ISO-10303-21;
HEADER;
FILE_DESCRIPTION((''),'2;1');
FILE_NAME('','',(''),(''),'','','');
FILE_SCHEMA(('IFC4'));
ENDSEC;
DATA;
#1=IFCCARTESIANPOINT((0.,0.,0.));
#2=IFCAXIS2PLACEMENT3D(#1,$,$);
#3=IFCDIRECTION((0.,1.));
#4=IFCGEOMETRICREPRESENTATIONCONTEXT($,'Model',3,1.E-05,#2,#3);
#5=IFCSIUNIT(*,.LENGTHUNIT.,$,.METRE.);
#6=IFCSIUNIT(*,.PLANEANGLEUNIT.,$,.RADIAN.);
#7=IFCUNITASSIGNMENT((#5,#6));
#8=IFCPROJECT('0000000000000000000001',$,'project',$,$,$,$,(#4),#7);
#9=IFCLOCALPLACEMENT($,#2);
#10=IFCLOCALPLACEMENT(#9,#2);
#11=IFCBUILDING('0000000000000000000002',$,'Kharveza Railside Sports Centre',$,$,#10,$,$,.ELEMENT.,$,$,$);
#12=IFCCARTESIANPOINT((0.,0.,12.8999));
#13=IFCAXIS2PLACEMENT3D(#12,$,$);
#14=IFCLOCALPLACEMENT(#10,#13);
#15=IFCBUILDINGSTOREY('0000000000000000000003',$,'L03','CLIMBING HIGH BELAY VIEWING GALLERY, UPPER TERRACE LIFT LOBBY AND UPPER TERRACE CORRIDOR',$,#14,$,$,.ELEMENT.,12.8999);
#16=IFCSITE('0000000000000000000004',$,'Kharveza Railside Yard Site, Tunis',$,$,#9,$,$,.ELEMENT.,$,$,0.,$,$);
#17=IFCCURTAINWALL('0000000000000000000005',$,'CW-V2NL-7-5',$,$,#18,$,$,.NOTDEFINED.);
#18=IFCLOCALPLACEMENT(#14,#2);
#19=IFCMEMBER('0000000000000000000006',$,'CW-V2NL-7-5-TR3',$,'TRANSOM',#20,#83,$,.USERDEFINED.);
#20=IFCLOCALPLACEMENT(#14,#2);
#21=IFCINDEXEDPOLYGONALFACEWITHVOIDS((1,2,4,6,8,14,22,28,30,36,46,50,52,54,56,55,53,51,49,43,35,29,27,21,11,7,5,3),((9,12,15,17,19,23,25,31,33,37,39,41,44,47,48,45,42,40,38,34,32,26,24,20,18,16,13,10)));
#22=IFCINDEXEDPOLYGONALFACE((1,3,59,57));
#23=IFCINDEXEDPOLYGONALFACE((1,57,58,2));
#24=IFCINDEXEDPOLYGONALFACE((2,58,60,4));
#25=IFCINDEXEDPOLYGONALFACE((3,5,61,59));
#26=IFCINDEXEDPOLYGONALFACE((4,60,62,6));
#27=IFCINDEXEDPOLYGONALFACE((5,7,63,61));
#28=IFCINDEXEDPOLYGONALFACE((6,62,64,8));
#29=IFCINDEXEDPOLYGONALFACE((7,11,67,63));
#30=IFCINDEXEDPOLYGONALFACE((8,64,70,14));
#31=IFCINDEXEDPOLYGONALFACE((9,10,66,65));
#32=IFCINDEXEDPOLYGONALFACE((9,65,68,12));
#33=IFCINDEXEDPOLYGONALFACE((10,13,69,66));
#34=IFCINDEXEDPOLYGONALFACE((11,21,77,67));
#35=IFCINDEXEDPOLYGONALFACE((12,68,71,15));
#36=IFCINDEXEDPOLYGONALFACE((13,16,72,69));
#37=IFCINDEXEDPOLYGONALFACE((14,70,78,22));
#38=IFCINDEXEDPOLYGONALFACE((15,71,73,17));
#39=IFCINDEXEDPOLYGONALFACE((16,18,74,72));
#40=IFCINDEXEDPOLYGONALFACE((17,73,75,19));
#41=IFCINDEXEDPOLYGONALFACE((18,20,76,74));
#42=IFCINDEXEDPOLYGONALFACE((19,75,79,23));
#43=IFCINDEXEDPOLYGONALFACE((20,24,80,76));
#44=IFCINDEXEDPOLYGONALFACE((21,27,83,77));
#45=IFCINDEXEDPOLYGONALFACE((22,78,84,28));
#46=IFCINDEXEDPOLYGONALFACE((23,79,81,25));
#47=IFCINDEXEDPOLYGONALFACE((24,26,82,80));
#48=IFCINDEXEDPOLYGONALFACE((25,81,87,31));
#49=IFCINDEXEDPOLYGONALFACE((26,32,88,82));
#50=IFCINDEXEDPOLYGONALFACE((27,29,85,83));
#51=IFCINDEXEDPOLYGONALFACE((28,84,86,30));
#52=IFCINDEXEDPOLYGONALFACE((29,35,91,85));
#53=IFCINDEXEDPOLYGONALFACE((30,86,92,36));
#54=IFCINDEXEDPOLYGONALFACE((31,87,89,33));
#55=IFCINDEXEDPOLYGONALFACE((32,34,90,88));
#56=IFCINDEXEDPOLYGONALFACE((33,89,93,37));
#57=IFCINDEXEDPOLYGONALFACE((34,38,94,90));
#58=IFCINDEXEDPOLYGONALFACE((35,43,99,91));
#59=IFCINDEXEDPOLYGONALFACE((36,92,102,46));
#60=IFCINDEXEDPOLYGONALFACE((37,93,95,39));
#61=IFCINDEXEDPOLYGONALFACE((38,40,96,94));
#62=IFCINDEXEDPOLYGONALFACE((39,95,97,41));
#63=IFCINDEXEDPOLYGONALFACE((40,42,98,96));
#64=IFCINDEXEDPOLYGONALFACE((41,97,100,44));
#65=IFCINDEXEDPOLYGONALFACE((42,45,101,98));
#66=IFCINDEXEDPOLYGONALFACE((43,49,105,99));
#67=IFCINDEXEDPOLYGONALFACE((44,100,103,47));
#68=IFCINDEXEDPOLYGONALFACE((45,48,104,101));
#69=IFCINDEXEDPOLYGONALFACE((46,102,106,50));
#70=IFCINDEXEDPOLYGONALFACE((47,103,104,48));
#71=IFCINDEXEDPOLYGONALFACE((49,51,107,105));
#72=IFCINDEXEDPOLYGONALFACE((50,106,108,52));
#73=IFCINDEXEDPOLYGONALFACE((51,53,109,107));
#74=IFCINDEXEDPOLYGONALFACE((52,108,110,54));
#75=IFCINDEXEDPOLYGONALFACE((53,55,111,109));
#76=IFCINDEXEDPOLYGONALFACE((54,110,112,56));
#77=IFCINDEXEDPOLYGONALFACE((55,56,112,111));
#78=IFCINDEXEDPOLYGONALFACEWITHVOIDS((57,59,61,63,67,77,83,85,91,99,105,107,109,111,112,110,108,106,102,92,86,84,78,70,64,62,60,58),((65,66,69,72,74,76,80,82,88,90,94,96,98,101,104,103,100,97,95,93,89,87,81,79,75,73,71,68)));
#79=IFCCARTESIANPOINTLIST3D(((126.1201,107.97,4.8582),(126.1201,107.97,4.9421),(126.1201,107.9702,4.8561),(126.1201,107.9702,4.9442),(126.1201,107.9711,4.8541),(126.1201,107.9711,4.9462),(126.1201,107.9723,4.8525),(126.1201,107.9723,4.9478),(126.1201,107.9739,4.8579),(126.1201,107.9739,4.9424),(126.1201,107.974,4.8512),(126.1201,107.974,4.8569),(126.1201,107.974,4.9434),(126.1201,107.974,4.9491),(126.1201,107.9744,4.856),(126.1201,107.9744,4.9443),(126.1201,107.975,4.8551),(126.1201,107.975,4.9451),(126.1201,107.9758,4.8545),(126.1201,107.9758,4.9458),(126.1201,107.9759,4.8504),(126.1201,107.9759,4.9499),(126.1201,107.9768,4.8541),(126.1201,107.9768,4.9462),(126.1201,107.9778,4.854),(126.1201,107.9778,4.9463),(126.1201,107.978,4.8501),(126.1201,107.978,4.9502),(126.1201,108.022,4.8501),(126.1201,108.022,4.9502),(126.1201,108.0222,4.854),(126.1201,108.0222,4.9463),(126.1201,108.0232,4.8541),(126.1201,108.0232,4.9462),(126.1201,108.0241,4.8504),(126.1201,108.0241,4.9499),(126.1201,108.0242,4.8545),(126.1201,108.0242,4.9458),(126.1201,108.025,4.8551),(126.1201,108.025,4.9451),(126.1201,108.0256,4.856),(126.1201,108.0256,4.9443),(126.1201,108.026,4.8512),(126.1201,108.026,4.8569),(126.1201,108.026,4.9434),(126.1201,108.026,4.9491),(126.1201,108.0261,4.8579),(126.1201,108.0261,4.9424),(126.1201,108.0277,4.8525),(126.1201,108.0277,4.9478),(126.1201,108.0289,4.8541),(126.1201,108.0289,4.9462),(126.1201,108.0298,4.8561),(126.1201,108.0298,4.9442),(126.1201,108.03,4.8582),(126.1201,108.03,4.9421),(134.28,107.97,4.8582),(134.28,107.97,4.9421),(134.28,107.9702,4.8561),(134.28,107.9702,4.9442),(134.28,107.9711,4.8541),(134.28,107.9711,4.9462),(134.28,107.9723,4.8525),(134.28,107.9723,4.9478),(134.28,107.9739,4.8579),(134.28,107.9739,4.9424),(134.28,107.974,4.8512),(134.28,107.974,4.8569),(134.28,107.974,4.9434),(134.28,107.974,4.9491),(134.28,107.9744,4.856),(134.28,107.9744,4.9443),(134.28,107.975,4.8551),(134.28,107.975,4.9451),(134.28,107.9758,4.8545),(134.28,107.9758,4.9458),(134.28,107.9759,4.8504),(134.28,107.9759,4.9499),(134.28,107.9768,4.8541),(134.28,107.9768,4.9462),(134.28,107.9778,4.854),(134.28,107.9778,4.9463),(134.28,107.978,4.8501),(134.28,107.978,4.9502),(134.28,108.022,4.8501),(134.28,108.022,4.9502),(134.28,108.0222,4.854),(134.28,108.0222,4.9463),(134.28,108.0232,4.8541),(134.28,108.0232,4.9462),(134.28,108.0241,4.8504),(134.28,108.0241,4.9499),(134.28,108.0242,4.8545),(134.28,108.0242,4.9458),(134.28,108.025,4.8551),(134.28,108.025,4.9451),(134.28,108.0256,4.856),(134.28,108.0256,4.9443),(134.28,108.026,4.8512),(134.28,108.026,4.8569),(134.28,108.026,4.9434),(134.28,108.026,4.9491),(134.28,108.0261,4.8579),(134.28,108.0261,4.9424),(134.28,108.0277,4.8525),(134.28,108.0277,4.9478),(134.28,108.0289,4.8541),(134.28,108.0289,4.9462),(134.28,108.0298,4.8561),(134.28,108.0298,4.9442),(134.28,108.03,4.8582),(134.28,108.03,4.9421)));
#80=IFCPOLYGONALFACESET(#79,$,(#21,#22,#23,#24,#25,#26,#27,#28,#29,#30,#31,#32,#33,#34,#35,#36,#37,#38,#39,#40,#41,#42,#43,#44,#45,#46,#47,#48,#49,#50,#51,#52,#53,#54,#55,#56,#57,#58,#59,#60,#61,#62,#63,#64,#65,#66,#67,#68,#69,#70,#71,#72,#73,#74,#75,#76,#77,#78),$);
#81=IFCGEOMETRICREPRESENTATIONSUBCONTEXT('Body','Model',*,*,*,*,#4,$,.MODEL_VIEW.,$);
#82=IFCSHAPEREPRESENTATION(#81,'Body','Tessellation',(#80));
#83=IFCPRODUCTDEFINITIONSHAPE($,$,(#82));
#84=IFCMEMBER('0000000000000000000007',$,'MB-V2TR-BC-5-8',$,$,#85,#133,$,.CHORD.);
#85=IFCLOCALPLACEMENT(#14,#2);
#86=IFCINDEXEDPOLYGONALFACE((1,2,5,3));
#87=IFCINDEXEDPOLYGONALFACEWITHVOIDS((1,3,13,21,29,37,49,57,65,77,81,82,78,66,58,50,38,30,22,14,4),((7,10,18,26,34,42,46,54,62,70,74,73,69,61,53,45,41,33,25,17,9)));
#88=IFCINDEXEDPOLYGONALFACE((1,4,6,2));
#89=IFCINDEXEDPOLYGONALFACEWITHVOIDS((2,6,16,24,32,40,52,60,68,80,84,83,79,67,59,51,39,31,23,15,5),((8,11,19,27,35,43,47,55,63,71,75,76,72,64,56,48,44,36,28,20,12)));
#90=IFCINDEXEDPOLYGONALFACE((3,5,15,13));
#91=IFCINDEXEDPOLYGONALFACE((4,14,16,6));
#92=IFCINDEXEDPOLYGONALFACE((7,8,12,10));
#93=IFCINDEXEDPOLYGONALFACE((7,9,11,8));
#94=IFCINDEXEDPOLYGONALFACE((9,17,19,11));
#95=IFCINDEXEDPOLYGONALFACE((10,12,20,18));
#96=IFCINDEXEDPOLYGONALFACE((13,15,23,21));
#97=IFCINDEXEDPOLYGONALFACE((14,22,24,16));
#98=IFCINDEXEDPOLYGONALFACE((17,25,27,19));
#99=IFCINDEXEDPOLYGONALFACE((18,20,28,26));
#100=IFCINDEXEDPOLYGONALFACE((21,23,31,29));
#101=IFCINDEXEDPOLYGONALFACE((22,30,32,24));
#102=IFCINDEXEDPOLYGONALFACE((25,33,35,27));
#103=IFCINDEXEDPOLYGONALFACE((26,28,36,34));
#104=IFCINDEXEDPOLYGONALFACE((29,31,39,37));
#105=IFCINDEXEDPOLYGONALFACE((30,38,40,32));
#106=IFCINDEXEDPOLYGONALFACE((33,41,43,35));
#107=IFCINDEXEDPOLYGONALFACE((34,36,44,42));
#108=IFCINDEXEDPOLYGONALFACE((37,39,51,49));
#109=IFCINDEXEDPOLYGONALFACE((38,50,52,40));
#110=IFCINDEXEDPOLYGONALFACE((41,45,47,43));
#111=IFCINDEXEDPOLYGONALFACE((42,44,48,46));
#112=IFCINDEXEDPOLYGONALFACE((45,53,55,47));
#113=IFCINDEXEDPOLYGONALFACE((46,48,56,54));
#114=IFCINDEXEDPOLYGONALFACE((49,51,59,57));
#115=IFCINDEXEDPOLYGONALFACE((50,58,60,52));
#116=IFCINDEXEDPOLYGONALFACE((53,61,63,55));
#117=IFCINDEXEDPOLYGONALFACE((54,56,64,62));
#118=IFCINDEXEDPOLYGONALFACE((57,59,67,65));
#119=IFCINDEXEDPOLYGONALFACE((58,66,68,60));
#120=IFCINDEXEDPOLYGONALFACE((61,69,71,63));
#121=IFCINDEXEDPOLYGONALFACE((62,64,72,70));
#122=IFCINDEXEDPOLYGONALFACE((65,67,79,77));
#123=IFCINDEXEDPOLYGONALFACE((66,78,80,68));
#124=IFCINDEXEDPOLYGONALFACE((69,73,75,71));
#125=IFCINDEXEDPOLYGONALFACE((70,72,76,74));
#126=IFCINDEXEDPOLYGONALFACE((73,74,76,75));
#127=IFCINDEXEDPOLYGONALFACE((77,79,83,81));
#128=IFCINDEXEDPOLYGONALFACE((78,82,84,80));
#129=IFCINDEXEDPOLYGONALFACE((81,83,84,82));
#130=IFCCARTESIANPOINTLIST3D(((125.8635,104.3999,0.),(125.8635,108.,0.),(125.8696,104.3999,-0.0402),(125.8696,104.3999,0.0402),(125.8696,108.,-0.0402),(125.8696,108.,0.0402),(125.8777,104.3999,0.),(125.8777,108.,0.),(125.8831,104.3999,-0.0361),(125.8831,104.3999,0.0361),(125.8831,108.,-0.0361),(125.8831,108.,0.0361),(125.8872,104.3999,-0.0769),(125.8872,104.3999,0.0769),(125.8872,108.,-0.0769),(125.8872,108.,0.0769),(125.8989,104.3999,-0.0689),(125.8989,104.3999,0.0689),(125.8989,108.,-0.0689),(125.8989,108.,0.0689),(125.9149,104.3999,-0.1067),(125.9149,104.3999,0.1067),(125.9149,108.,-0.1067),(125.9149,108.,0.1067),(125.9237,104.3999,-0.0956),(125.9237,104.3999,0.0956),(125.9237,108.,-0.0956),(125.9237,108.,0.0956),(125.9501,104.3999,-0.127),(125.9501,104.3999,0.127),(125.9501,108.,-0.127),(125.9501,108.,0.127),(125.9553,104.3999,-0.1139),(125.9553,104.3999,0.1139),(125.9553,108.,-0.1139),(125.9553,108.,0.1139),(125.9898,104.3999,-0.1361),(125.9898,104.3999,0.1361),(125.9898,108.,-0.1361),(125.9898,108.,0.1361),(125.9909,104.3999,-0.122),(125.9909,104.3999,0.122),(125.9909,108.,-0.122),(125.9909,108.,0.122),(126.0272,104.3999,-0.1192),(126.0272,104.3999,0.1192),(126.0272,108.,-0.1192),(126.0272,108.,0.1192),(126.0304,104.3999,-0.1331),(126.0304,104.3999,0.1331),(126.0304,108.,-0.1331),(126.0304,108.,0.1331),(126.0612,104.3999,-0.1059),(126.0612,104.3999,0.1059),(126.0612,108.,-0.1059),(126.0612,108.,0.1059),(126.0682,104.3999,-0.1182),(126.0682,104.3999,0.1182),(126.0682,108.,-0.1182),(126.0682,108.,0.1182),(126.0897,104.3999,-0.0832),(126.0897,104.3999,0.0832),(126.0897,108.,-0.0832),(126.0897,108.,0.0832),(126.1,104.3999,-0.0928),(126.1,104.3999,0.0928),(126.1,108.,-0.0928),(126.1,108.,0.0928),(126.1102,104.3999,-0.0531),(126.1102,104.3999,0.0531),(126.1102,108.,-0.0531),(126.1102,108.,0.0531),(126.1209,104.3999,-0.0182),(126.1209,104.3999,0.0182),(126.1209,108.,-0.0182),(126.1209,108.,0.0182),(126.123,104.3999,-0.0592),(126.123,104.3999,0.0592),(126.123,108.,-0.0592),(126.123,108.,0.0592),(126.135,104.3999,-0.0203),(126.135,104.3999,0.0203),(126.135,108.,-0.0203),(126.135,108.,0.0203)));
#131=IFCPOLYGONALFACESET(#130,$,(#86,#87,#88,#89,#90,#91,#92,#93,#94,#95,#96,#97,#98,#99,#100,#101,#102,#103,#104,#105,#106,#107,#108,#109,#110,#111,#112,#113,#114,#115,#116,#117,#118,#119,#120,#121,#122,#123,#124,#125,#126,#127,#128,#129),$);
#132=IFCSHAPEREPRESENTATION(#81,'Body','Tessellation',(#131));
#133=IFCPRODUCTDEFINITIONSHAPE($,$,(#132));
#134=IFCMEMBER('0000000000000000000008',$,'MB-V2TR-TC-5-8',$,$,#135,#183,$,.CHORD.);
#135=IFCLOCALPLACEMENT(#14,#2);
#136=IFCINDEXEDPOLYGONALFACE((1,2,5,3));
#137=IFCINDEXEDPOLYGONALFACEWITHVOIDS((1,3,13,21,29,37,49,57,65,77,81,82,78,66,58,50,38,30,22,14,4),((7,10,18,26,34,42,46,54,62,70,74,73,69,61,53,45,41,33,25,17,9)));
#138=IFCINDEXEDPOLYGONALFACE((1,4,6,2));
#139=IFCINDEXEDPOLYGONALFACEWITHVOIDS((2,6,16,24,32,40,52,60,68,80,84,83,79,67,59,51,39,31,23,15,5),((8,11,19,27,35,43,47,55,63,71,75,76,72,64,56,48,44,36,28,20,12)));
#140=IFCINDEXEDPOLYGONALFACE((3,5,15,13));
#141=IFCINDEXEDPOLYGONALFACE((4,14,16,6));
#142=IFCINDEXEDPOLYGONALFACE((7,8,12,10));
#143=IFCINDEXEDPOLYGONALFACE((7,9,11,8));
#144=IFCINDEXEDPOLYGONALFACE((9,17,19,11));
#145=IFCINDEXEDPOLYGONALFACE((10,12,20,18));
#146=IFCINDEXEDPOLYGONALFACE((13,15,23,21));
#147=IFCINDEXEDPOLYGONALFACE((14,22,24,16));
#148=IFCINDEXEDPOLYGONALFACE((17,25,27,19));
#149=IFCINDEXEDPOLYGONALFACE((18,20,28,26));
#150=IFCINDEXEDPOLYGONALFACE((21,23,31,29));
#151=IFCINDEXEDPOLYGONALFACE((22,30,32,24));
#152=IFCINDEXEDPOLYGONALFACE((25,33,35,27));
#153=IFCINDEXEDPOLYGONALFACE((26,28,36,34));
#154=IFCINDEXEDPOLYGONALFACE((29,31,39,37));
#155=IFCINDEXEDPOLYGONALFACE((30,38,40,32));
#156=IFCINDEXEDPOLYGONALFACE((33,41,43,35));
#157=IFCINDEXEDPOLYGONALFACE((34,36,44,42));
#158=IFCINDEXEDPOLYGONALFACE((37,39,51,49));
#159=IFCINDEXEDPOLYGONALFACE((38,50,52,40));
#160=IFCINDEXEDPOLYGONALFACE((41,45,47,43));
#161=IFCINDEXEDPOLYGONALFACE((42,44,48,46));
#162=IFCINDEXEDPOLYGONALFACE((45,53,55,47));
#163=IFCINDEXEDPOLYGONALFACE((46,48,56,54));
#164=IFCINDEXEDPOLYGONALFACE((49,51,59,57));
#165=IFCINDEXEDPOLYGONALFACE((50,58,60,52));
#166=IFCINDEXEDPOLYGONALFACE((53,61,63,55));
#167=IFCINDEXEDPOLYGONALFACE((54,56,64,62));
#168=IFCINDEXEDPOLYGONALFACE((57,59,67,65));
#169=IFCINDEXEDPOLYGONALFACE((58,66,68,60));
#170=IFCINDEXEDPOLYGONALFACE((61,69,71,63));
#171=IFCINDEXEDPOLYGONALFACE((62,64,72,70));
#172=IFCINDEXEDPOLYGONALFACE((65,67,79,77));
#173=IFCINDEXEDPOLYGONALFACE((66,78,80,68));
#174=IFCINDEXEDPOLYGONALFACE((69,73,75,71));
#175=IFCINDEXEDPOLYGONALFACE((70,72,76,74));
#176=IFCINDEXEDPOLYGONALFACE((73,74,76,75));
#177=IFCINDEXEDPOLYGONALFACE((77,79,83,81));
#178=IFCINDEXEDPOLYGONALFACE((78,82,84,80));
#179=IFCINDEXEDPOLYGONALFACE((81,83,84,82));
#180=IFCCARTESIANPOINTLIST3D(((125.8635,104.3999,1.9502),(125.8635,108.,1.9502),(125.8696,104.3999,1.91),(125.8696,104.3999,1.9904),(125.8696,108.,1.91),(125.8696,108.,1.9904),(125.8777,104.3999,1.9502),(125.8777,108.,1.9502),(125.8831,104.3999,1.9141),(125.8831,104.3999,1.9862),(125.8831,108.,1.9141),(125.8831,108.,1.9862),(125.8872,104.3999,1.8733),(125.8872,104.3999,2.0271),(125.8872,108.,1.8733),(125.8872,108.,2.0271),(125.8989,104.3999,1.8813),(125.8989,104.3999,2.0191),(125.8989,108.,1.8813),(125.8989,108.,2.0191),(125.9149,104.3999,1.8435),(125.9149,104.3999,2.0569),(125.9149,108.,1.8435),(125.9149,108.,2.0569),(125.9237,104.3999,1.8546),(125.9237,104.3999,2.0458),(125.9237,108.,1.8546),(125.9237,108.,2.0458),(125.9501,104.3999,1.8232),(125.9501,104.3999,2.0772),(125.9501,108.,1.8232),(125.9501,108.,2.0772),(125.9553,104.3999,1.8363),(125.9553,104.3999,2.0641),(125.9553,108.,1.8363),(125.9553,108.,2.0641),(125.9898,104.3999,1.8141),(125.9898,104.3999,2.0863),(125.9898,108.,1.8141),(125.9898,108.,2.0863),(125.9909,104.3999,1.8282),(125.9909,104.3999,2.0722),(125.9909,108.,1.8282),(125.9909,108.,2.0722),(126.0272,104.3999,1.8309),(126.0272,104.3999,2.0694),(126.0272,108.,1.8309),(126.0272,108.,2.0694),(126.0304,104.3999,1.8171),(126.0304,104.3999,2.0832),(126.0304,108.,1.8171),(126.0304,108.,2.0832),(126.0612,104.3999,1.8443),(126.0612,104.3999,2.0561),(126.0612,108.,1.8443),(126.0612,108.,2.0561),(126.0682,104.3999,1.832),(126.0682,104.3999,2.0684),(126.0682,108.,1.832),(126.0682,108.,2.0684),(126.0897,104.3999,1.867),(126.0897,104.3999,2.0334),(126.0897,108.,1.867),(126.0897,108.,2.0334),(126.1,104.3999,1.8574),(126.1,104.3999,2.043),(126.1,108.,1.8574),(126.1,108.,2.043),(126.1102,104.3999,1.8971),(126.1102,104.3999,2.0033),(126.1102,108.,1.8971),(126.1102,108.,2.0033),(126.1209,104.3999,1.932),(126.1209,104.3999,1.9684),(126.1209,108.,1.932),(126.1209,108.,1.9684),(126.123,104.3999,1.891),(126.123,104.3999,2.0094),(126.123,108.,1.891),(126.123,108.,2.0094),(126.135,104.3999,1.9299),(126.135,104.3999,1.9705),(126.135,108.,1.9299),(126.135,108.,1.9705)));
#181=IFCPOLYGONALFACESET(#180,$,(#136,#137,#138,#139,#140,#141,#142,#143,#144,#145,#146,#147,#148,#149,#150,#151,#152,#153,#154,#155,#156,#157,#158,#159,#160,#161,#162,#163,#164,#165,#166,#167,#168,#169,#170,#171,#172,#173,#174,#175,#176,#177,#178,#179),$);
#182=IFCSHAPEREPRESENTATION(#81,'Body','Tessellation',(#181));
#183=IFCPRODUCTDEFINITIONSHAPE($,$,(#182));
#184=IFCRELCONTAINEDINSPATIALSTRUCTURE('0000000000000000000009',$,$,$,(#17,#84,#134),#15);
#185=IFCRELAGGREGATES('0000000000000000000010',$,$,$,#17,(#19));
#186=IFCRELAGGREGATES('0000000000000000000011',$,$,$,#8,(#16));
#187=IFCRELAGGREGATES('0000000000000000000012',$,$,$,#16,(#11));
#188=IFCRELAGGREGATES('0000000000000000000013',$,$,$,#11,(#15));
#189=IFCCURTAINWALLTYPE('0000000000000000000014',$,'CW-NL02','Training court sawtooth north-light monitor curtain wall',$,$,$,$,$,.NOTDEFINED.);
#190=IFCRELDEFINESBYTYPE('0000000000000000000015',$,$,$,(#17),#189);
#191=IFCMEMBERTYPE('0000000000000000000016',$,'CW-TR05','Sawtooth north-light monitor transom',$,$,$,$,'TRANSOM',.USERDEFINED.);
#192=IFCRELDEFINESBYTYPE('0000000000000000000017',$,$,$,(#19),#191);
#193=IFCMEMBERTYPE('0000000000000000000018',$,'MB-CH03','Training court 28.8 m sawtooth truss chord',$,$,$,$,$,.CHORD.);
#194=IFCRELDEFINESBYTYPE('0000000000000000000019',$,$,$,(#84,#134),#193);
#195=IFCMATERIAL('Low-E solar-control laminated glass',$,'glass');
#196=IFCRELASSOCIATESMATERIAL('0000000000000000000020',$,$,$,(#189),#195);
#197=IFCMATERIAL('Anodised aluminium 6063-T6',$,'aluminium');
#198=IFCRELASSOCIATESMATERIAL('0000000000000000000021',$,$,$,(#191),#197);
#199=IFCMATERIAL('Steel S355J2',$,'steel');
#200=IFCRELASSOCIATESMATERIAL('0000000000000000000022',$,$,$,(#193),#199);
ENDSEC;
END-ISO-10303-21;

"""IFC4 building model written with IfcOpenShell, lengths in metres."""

from ifc_helpers import new_model, si_unit, direction, frame, origin, origin_2d, place, context, subcontext, project, spatial, hollow_rectangle, hollow_circle, extrude, material, material_profile, profile_set, type_object, element, aggregate, save


model = new_model("IFC4")

# Units and contexts
model_context = context("Model", 3, precision=1e-05, world=origin(), true_north=direction((0.0, 1.0)))
body_context = subcontext(model_context, "Body", "Model", "MODEL_VIEW")
ifc_project = project(units=[si_unit("LENGTHUNIT", "METRE"), si_unit("PLANEANGLEUNIT", "RADIAN")], contexts=[model_context])

# Site, building, storey
site_placement = place(None, origin())
site = spatial("IfcSite", under=ifc_project, at=site_placement, Name="Kharveza Railside Yard Site, Tunis", CompositionType="ELEMENT", RefElevation=0.0)
building_placement = place(site_placement, origin())
building = spatial("IfcBuilding", under=site, at=building_placement, Name="Kharveza Railside Sports Centre", CompositionType="ELEMENT")
storey_placement = place(building_placement, frame((0.0, 0.0, 12.8999)))
storey = spatial("IfcBuildingStorey", under=building, at=storey_placement, Name="L03", Description="CLIMBING HIGH BELAY VIEWING GALLERY, UPPER TERRACE LIFT LOBBY AND UPPER TERRACE CORRIDOR", CompositionType="ELEMENT", Elevation=12.8999)

# Shared definitions
ifc_material_1 = material(Name="Steel S355J2", Category="steel")

# Curtain wall
ifc_material_2 = material(Name="Low-E solar-control laminated glass", Category="glass")
curtain_wall_type = type_object("IfcCurtainWallType", Name="CW-NL02", Description="Training court sawtooth north-light monitor curtain wall", PredefinedType="NOTDEFINED", material=ifc_material_2)
ifc_material_3 = material(Name="Anodised aluminium 6063-T6", Category="aluminium")
curtain_wall_1_placement = place(storey_placement, origin())
curtain_wall_1 = element("IfcCurtainWall", 1, at=curtain_wall_1_placement, inside=storey, type_object=curtain_wall_type, Name="CW-V2NL-7-5", PredefinedType="NOTDEFINED")

# Member
ifc_material_profile_1 = material_profile(ifc_material_3, hollow_rectangle(XDim=0.0601, YDim=0.1001, WallThickness=0.0039, InnerFilletRadius=0.0039, OuterFilletRadius=0.0081, at=origin_2d()), Name="RHS 60x100x4.0")
ifc_profile_set_1 = profile_set([ifc_material_profile_1], Name="Anodised aluminium 6063-T6")
member_type_1 = type_object("IfcMemberType", Name="CW-TR05", Description="Sawtooth north-light monitor transom", ElementType="TRANSOM", PredefinedType="USERDEFINED", material=ifc_profile_set_1)
member_1_placement = place(storey_placement, frame((126.1201, 108.0, 4.9001), z_axis=(1.0, 0.0, 0.0), x_axis=(0.0, 1.0, 0.0)))
member_1 = element("IfcMember", 2, at=member_1_placement, type_object=member_type_1, Name="CW-V2NL-7-5-TR3", ObjectType="TRANSOM", PredefinedType="USERDEFINED", context=body_context, shape_type="SweptSolid", body=[
    extrude(hollow_rectangle(XDim=0.0601, YDim=0.1001, WallThickness=0.0039, InnerFilletRadius=0.0039, OuterFilletRadius=0.0081, at=origin_2d()), origin(), (0.0, 0.0, 1.0), 8.1599),
])

# Members
ifc_material_profile_2 = material_profile(ifc_material_1, hollow_circle(Radius=0.1365, WallThickness=0.0142, at=origin_2d()), Name="CHS 273.0x14.2")
ifc_profile_set_2 = profile_set([ifc_material_profile_2], Name="Steel S355J2")
member_type_2 = type_object("IfcMemberType", Name="MB-CH03", Description="Training court 28.8 m sawtooth truss chord", PredefinedType="CHORD", material=ifc_profile_set_2)
for number, where, z_axis, x_axis, name in (
    (3, (126.0, 104.3999, 0.0), (0.0, 1.0, 0.0), (-1.0, 0.0, 0.0), "MB-V2TR-BC-5-8"),
    (4, (126.0, 104.3999, 1.9502), (0.0, 1.0, 0.0), (-1.0, 0.0, 0.0), "MB-V2TR-TC-5-8"),
):
    element("IfcMember", number, at=place(storey_placement, frame(where, z_axis=z_axis, x_axis=x_axis)), inside=storey, type_object=member_type_2, Name=name, PredefinedType="CHORD", context=body_context, shape_type="SweptSolid", body=[
        extrude(hollow_circle(Radius=0.1365, WallThickness=0.0142, at=origin_2d()), origin(), (0.0, 0.0, 1.0), 3.6001),
    ])

aggregate(curtain_wall_1, [member_1])

save(model, "model.ifc")
